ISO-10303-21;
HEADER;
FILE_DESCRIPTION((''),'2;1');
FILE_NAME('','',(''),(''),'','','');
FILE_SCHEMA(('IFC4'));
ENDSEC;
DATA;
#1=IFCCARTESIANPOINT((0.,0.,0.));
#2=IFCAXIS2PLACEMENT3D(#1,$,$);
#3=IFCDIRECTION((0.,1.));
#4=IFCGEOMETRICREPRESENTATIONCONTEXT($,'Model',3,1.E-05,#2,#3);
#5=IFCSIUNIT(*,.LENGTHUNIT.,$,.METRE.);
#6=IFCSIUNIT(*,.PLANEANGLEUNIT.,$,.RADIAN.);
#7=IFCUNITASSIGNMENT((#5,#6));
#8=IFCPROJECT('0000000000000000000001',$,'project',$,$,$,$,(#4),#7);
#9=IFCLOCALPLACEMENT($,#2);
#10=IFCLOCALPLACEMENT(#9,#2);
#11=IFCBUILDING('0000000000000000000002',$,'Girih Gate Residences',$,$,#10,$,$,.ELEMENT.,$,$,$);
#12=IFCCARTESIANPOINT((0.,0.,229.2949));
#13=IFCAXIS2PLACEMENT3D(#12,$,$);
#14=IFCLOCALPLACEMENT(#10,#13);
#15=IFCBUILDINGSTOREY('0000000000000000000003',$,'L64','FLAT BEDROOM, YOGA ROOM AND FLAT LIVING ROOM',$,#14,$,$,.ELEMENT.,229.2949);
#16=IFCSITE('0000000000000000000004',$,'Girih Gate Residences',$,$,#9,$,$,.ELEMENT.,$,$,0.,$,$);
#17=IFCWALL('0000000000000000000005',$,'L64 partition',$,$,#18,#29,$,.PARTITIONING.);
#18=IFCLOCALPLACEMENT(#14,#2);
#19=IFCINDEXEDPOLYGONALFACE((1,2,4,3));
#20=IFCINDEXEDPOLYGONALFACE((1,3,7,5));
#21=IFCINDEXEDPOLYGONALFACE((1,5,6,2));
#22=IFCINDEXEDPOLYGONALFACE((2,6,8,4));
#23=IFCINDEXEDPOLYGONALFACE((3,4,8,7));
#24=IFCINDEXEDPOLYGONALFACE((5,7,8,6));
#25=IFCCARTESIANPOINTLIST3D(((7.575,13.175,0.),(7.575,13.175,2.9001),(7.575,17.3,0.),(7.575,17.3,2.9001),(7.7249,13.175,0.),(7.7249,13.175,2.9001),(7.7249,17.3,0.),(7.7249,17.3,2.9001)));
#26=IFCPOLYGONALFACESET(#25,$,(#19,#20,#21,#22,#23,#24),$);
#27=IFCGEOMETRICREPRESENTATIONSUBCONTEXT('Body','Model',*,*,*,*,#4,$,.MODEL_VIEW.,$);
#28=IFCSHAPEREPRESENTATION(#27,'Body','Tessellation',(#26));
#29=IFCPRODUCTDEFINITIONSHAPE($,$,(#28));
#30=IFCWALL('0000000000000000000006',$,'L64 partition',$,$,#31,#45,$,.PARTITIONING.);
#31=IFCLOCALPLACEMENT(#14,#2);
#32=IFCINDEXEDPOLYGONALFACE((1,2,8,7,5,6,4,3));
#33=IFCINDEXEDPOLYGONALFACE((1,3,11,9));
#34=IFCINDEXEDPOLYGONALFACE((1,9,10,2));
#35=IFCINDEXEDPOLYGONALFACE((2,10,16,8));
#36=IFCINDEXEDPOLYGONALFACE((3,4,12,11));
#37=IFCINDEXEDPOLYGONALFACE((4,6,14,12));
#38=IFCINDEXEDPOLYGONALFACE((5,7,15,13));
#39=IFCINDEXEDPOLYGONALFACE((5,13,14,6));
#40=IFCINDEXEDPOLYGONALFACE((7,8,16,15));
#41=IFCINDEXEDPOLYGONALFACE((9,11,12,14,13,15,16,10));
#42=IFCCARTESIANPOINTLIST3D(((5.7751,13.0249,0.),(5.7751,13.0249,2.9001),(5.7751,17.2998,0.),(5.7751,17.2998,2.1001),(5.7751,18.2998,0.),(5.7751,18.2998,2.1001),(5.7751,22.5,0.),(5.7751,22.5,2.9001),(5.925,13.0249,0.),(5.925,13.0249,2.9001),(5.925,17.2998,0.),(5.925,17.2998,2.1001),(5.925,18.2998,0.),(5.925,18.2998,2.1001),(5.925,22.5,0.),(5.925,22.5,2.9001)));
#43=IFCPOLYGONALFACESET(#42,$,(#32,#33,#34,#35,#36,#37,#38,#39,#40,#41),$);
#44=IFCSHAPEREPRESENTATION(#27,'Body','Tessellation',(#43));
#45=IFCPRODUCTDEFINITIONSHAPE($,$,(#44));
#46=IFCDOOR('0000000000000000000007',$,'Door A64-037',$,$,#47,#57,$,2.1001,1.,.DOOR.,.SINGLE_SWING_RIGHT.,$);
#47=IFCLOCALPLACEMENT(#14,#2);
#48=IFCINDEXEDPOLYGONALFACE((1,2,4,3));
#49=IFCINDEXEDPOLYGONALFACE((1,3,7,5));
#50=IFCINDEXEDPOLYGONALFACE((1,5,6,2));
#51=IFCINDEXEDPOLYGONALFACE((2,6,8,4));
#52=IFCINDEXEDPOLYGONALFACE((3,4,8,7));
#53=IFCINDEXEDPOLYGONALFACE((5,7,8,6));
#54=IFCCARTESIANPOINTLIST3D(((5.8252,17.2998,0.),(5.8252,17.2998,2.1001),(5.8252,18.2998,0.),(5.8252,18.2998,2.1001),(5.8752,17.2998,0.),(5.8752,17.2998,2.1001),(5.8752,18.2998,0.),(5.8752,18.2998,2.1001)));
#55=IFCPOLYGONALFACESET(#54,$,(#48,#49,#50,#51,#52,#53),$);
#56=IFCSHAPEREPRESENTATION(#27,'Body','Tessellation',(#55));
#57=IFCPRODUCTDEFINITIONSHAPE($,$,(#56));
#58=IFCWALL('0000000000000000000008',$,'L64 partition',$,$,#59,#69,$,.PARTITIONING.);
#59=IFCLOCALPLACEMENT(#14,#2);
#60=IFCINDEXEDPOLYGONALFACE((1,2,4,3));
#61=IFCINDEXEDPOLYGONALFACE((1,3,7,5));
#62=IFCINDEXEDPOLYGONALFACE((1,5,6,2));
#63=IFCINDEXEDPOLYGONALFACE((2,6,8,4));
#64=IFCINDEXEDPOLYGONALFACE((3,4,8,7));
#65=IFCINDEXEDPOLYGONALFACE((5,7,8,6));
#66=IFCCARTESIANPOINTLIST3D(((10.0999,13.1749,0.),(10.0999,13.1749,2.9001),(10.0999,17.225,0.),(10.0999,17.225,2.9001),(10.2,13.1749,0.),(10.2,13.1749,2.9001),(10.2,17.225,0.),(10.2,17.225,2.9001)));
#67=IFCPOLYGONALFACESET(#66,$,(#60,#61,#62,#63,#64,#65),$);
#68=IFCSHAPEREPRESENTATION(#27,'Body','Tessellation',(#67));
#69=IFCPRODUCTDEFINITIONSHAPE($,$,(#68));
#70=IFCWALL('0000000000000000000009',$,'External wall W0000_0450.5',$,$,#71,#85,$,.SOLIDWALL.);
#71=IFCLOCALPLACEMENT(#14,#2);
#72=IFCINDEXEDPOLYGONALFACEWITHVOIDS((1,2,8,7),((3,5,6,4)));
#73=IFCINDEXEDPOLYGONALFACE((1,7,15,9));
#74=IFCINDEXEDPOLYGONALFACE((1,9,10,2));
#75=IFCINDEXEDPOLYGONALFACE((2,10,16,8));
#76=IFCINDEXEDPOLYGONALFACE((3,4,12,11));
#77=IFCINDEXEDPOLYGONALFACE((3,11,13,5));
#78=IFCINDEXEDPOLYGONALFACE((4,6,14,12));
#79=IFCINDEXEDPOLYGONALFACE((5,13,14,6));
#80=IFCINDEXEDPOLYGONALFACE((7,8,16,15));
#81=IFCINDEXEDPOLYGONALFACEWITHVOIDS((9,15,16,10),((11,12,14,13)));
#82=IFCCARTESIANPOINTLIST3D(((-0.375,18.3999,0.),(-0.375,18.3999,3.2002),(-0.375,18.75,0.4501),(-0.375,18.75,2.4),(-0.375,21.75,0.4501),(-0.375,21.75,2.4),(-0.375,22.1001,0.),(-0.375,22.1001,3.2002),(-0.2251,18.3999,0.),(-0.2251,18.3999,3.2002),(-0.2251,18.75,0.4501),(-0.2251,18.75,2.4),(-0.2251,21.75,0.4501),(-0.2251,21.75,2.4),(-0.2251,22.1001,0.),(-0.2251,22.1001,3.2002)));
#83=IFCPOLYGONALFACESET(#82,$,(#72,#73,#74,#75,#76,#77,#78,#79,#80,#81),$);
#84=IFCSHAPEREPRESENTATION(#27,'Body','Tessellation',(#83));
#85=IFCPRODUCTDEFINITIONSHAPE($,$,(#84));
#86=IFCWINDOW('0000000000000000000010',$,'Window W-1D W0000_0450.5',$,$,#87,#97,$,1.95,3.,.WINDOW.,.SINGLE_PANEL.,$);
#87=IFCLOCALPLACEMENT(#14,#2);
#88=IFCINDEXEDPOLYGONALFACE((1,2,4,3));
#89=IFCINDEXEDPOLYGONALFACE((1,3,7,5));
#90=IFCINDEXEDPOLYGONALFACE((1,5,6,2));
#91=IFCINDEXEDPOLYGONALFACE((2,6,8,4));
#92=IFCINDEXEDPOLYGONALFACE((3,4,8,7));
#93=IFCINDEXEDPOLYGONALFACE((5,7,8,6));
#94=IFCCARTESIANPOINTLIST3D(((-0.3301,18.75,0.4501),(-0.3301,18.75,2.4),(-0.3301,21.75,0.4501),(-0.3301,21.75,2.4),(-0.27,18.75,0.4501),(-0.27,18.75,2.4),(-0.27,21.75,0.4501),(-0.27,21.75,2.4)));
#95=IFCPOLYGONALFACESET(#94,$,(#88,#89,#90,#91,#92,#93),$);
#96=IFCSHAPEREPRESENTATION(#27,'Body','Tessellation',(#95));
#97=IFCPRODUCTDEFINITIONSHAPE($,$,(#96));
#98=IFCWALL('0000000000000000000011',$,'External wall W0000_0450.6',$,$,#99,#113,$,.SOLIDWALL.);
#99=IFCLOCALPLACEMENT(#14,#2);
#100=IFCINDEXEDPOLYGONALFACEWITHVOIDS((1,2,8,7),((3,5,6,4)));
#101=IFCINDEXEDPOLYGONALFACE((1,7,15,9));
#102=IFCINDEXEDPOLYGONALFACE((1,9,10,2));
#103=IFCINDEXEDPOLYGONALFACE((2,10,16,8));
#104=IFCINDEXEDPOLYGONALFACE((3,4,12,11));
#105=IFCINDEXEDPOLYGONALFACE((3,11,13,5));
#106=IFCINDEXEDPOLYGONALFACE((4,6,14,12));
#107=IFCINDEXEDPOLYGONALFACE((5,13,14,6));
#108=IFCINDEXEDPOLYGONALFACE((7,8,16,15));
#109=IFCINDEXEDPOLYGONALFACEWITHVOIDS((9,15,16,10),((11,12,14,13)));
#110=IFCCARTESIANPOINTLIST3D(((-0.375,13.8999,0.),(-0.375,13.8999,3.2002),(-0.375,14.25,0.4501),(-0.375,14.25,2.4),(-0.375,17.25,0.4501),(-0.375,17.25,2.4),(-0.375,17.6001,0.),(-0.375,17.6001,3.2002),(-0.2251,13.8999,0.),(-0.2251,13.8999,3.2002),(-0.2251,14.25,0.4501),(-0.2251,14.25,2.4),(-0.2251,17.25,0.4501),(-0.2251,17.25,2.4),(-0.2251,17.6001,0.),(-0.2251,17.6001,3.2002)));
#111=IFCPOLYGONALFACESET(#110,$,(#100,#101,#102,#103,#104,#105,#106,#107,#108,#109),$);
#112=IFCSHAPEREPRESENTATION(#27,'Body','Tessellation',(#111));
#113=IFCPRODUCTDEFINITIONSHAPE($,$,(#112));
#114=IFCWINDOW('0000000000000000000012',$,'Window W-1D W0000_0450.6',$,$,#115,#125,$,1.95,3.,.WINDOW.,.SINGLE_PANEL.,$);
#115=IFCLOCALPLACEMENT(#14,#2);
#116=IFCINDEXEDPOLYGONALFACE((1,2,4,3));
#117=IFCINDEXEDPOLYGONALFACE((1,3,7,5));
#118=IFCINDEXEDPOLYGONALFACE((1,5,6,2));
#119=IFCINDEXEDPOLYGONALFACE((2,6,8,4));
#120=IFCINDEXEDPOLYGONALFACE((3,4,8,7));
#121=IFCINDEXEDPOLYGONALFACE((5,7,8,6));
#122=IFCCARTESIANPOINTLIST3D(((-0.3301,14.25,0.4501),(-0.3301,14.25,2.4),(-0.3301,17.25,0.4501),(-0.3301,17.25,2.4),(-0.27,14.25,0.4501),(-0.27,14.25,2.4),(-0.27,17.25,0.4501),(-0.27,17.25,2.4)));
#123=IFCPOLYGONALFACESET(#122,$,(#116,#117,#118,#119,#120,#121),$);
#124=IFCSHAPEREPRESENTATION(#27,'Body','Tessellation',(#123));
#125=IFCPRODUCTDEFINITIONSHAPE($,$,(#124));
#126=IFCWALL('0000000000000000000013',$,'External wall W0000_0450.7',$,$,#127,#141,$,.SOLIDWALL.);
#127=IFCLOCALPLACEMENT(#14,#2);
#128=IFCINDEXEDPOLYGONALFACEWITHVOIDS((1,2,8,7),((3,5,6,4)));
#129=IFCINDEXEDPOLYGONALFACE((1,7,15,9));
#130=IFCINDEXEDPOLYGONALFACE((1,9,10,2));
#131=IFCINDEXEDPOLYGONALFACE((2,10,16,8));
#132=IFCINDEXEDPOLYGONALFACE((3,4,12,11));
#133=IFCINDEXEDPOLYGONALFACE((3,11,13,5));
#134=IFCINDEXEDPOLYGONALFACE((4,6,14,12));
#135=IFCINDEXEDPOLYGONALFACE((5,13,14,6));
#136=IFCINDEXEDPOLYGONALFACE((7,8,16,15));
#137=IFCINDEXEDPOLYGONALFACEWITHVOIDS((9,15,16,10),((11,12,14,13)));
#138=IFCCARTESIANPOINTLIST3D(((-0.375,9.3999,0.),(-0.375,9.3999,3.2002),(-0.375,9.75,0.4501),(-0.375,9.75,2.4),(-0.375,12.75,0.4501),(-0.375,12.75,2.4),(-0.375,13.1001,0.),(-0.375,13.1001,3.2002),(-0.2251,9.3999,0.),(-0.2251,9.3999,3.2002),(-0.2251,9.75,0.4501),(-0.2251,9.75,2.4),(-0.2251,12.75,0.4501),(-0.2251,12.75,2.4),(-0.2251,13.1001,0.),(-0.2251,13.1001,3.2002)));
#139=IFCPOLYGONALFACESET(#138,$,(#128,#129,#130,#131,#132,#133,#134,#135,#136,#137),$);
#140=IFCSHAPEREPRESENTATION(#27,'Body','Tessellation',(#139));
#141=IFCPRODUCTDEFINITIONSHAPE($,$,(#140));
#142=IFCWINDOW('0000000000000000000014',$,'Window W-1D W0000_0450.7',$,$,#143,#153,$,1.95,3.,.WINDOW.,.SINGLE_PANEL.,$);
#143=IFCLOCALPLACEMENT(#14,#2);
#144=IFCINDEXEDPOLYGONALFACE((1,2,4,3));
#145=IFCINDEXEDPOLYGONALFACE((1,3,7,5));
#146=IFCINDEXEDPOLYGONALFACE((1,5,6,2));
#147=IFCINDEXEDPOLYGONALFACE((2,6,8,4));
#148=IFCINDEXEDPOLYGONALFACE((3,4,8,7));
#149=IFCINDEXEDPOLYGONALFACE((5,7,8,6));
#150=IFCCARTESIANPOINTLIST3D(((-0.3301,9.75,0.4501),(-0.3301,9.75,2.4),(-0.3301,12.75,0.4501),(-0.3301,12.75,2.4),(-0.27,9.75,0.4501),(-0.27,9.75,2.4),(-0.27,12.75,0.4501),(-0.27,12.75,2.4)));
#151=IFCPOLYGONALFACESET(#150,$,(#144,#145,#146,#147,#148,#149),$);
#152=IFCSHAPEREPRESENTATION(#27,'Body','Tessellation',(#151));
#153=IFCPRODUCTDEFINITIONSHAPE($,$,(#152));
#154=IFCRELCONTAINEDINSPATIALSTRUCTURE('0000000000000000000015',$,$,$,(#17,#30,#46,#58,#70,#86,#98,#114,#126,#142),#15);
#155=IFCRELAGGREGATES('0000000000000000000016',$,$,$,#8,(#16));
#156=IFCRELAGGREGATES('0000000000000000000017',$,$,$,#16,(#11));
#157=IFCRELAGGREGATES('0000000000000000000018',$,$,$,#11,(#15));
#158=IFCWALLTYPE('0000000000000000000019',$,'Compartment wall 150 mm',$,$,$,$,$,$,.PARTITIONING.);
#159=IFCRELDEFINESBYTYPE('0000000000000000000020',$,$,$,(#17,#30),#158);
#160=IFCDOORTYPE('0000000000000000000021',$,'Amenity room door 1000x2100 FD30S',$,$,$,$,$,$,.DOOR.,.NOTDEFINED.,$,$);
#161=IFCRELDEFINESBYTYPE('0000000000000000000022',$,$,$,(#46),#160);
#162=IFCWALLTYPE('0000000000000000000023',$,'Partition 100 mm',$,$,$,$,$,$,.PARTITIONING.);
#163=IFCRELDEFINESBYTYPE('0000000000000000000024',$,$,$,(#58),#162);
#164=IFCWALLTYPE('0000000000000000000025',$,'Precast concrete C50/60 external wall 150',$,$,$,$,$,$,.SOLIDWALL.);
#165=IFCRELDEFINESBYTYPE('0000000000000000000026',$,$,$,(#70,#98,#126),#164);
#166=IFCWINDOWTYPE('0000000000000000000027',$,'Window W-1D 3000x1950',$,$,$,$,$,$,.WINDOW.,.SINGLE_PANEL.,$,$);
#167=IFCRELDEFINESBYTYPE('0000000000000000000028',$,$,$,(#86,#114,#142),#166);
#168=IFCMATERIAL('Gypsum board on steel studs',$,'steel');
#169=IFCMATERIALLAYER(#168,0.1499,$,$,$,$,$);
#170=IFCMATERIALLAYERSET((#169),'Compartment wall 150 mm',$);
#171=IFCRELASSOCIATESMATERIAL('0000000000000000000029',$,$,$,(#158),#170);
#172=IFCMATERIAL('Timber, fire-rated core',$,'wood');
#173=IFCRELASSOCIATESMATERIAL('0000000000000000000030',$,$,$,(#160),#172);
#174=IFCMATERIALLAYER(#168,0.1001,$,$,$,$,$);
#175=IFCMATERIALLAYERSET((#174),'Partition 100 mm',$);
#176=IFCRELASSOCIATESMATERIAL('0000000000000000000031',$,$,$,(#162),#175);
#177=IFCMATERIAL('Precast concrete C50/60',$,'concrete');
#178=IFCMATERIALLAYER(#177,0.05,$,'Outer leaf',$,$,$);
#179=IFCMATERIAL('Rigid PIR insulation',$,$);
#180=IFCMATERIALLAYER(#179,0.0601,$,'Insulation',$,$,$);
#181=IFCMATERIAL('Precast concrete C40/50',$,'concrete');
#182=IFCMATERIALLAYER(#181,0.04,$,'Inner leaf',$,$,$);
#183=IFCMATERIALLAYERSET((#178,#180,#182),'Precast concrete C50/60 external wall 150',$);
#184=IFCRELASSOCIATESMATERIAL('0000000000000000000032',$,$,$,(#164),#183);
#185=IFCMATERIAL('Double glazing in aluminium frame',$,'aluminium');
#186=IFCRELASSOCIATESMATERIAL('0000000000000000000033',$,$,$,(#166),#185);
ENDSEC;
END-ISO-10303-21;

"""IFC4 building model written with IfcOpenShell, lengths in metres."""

from ifc_helpers import new_model, si_unit, direction, frame, frame_2d, origin, place, context, subcontext, project, spatial, rectangle, extrude, material, layer, layer_set, type_object, element, fill, save


model = new_model("IFC4")

# Units and contexts
model_context = context("Model", 3, precision=1e-05, world=origin(), true_north=direction((0.0, 1.0)))
body_context = subcontext(model_context, "Body", "Model", "MODEL_VIEW")
ifc_project = project(units=[si_unit("LENGTHUNIT", "METRE"), si_unit("PLANEANGLEUNIT", "RADIAN")], contexts=[model_context])

# Site, building, storey
site_placement = place(None, origin())
site = spatial("IfcSite", under=ifc_project, at=site_placement, Name="Girih Gate Residences", CompositionType="ELEMENT", RefElevation=0.0)
building_placement = place(site_placement, origin())
building = spatial("IfcBuilding", under=site, at=building_placement, Name="Girih Gate Residences", CompositionType="ELEMENT")
storey_placement = place(building_placement, frame((0.0, 0.0, 229.2949)))
storey = spatial("IfcBuildingStorey", under=building, at=storey_placement, Name="L64", Description="FLAT BEDROOM, YOGA ROOM AND FLAT LIVING ROOM", CompositionType="ELEMENT", Elevation=229.2949)

# Shared definitions
ifc_material_1 = material(Name="Gypsum board on steel studs", Category="steel")
ifc_layer_1 = layer(ifc_material_1, 0.1499)
ifc_layer_set_1 = layer_set([ifc_layer_1], Name="Compartment wall 150 mm")
wall_type_1 = type_object("IfcWallType", Name="Compartment wall 150 mm", PredefinedType="PARTITIONING", material=ifc_layer_set_1)
ifc_material_2 = material(Name="Timber, fire-rated core", Category="wood")

# Wall
wall_1_placement = place(storey_placement, frame((7.6499, 13.175, 0.0), z_axis=(0.0, 0.0, 1.0), x_axis=(0.0, 1.0, 0.0)))
element("IfcWall", 1, at=wall_1_placement, inside=storey, type_object=wall_type_1, Name="L64 partition", PredefinedType="PARTITIONING", context=body_context, shape_type="SweptSolid", body=[
    extrude(rectangle(XDim=4.125, YDim=0.1499, at=frame_2d((2.0625, 0.0))), origin(), (0.0, 0.0, 1.0), 2.9001),
])

# Wall, opening, door
wall_2_placement = place(storey_placement, frame((5.8501, 13.0249, 0.0), z_axis=(0.0, 0.0, 1.0), x_axis=(0.0, 1.0, 0.0)))
wall_2 = element("IfcWall", 2, at=wall_2_placement, inside=storey, type_object=wall_type_1, Name="L64 partition", PredefinedType="PARTITIONING", context=body_context, shape_type="SweptSolid", body=[
    extrude(rectangle(XDim=9.4751, YDim=0.1499, at=frame_2d((4.7375, 0.0))), origin(), (0.0, 0.0, 1.0), 2.9001),
])
opening_1_placement = place(wall_2_placement, frame((4.2749, 0.0, 0.0)))
opening_1 = element("IfcOpeningElement", 3, at=opening_1_placement, cuts=wall_2, PredefinedType="OPENING", context=body_context, shape_type="SweptSolid", body=[
    extrude(rectangle(XDim=1.0, YDim=2.1001, at=frame_2d((0.5, 1.05))), frame((0.0, 0.085, 0.0), z_axis=(0.0, -1.0, 0.0), x_axis=(1.0, 0.0, 0.0)), (0.0, 0.0, 1.0), 0.1699),
])
door_type_1 = type_object("IfcDoorType", Name="Amenity room door 1000x2100 FD30S", OperationType="NOTDEFINED", PredefinedType="DOOR", material=ifc_material_2)
door_1_placement = place(opening_1_placement, origin())
door_1 = element("IfcDoor", 4, at=door_1_placement, inside=storey, type_object=door_type_1, Name="Door A64-037", OperationType="SINGLE_SWING_RIGHT", OverallHeight=2.1001, OverallWidth=1.0, PredefinedType="DOOR", context=body_context, shape_type="SweptSolid", body=[
    extrude(rectangle(XDim=1.0, YDim=2.1001, at=frame_2d((0.5, 1.05))), frame((0.0, 0.0249, 0.0), z_axis=(0.0, -1.0, 0.0), x_axis=(1.0, 0.0, 0.0)), (0.0, 0.0, 1.0), 0.05),
])
fill(opening_1, door_1)

# Wall
ifc_layer_2 = layer(ifc_material_1, 0.1001)
ifc_layer_set_2 = layer_set([ifc_layer_2], Name="Partition 100 mm")
wall_type_2 = type_object("IfcWallType", Name="Partition 100 mm", PredefinedType="PARTITIONING", material=ifc_layer_set_2)
wall_3_placement = place(storey_placement, frame((10.1499, 13.175, 0.0), z_axis=(0.0, 0.0, 1.0), x_axis=(0.0, 1.0, 0.0)))
element("IfcWall", 5, at=wall_3_placement, inside=storey, type_object=wall_type_2, Name="L64 partition", PredefinedType="PARTITIONING", context=body_context, shape_type="SweptSolid", body=[
    extrude(rectangle(XDim=4.05, YDim=0.1001, at=frame_2d((2.0249, 0.0))), origin(), (0.0, 0.0, 1.0), 2.9001),
])

# Walls, openings, windows
ifc_material_3 = material(Name="Precast concrete C50/60", Category="concrete")
ifc_layer_3 = layer(ifc_material_3, 0.05, Name="Outer leaf")
ifc_material_4 = material(Name="Rigid PIR insulation")
ifc_layer_4 = layer(ifc_material_4, 0.0601, Name="Insulation")
ifc_material_5 = material(Name="Precast concrete C40/50", Category="concrete")
ifc_layer_5 = layer(ifc_material_5, 0.04, Name="Inner leaf")
ifc_layer_set_3 = layer_set([ifc_layer_3, ifc_layer_4, ifc_layer_5], Name="Precast concrete C50/60 external wall 150")
wall_type_3 = type_object("IfcWallType", Name="Precast concrete C50/60 external wall 150", PredefinedType="SOLIDWALL", material=ifc_layer_set_3)
wall_4_placement = place(storey_placement, frame((-0.3, 18.3999, 0.0), z_axis=(0.0, 0.0, 1.0), x_axis=(0.0, 1.0, 0.0)))
wall_4 = element("IfcWall", 6, at=wall_4_placement, inside=storey, type_object=wall_type_3, Name="External wall W0000_0450.5", PredefinedType="SOLIDWALL", context=body_context, shape_type="SweptSolid", body=[
    extrude(rectangle(XDim=3.7002, YDim=0.1499, at=frame_2d((1.8501, 0.0))), origin(), (0.0, 0.0, 1.0), 3.2002),
])
opening_2_placement = place(wall_4_placement, frame((0.3501, 0.0, 0.45)))
opening_2 = element("IfcOpeningElement", 7, at=opening_2_placement, cuts=wall_4, PredefinedType="OPENING", context=body_context, shape_type="SweptSolid", body=[
    extrude(rectangle(XDim=3.0, YDim=1.95, at=frame_2d((1.5, 0.9751))), frame((0.0, 0.085, 0.0), z_axis=(0.0, -1.0, 0.0), x_axis=(1.0, 0.0, 0.0)), (0.0, 0.0, 1.0), 0.1699),
])
ifc_material_6 = material(Name="Double glazing in aluminium frame", Category="aluminium")
window_type = type_object("IfcWindowType", Name="Window W-1D 3000x1950", PartitioningType="SINGLE_PANEL", PredefinedType="WINDOW", material=ifc_material_6)
window_1_placement = place(opening_2_placement, origin())
window_1 = element("IfcWindow", 8, at=window_1_placement, inside=storey, type_object=window_type, Name="Window W-1D W0000_0450.5", OverallHeight=1.95, OverallWidth=3.0, PartitioningType="SINGLE_PANEL", PredefinedType="WINDOW", context=body_context, shape_type="SweptSolid", body=[
    extrude(rectangle(XDim=3.0, YDim=1.95, at=frame_2d((1.5, 0.9751))), frame((0.0, 0.03, 0.0), z_axis=(0.0, -1.0, 0.0), x_axis=(1.0, 0.0, 0.0)), (0.0, 0.0, 1.0), 0.0601),
])
fill(opening_2, window_1)
wall_5_placement = place(storey_placement, frame((-0.3, 13.8999, 0.0), z_axis=(0.0, 0.0, 1.0), x_axis=(0.0, 1.0, 0.0)))
wall_5 = element("IfcWall", 9, at=wall_5_placement, inside=storey, type_object=wall_type_3, Name="External wall W0000_0450.6", PredefinedType="SOLIDWALL", context=body_context, shape_type="SweptSolid", body=[
    extrude(rectangle(XDim=3.7002, YDim=0.1499, at=frame_2d((1.8501, 0.0))), origin(), (0.0, 0.0, 1.0), 3.2002),
])
opening_3_placement = place(wall_5_placement, frame((0.3501, 0.0, 0.45)))
opening_3 = element("IfcOpeningElement", 10, at=opening_3_placement, cuts=wall_5, PredefinedType="OPENING", context=body_context, shape_type="SweptSolid", body=[
    extrude(rectangle(XDim=3.0, YDim=1.95, at=frame_2d((1.5, 0.9751))), frame((0.0, 0.085, 0.0), z_axis=(0.0, -1.0, 0.0), x_axis=(1.0, 0.0, 0.0)), (0.0, 0.0, 1.0), 0.1699),
])
window_2_placement = place(opening_3_placement, origin())
window_2 = element("IfcWindow", 11, at=window_2_placement, inside=storey, type_object=window_type, Name="Window W-1D W0000_0450.6", OverallHeight=1.95, OverallWidth=3.0, PartitioningType="SINGLE_PANEL", PredefinedType="WINDOW", context=body_context, shape_type="SweptSolid", body=[
    extrude(rectangle(XDim=3.0, YDim=1.95, at=frame_2d((1.5, 0.9751))), frame((0.0, 0.03, 0.0), z_axis=(0.0, -1.0, 0.0), x_axis=(1.0, 0.0, 0.0)), (0.0, 0.0, 1.0), 0.0601),
])
fill(opening_3, window_2)
wall_6_placement = place(storey_placement, frame((-0.3, 9.3999, 0.0), z_axis=(0.0, 0.0, 1.0), x_axis=(0.0, 1.0, 0.0)))
wall_6 = element("IfcWall", 12, at=wall_6_placement, inside=storey, type_object=wall_type_3, Name="External wall W0000_0450.7", PredefinedType="SOLIDWALL", context=body_context, shape_type="SweptSolid", body=[
    extrude(rectangle(XDim=3.7002, YDim=0.1499, at=frame_2d((1.8501, 0.0))), origin(), (0.0, 0.0, 1.0), 3.2002),
])
opening_4_placement = place(wall_6_placement, frame((0.3501, 0.0, 0.45)))
opening_4 = element("IfcOpeningElement", 13, at=opening_4_placement, cuts=wall_6, PredefinedType="OPENING", context=body_context, shape_type="SweptSolid", body=[
    extrude(rectangle(XDim=3.0, YDim=1.95, at=frame_2d((1.5, 0.9751))), frame((0.0, 0.085, 0.0), z_axis=(0.0, -1.0, 0.0), x_axis=(1.0, 0.0, 0.0)), (0.0, 0.0, 1.0), 0.1699),
])
window_3_placement = place(opening_4_placement, origin())
window_3 = element("IfcWindow", 14, at=window_3_placement, inside=storey, type_object=window_type, Name="Window W-1D W0000_0450.7", OverallHeight=1.95, OverallWidth=3.0, PartitioningType="SINGLE_PANEL", PredefinedType="WINDOW", context=body_context, shape_type="SweptSolid", body=[
    extrude(rectangle(XDim=3.0, YDim=1.95, at=frame_2d((1.5, 0.9751))), frame((0.0, 0.03, 0.0), z_axis=(0.0, -1.0, 0.0), x_axis=(1.0, 0.0, 0.0)), (0.0, 0.0, 1.0), 0.0601),
])
fill(opening_4, window_3)

save(model, "model.ifc")
